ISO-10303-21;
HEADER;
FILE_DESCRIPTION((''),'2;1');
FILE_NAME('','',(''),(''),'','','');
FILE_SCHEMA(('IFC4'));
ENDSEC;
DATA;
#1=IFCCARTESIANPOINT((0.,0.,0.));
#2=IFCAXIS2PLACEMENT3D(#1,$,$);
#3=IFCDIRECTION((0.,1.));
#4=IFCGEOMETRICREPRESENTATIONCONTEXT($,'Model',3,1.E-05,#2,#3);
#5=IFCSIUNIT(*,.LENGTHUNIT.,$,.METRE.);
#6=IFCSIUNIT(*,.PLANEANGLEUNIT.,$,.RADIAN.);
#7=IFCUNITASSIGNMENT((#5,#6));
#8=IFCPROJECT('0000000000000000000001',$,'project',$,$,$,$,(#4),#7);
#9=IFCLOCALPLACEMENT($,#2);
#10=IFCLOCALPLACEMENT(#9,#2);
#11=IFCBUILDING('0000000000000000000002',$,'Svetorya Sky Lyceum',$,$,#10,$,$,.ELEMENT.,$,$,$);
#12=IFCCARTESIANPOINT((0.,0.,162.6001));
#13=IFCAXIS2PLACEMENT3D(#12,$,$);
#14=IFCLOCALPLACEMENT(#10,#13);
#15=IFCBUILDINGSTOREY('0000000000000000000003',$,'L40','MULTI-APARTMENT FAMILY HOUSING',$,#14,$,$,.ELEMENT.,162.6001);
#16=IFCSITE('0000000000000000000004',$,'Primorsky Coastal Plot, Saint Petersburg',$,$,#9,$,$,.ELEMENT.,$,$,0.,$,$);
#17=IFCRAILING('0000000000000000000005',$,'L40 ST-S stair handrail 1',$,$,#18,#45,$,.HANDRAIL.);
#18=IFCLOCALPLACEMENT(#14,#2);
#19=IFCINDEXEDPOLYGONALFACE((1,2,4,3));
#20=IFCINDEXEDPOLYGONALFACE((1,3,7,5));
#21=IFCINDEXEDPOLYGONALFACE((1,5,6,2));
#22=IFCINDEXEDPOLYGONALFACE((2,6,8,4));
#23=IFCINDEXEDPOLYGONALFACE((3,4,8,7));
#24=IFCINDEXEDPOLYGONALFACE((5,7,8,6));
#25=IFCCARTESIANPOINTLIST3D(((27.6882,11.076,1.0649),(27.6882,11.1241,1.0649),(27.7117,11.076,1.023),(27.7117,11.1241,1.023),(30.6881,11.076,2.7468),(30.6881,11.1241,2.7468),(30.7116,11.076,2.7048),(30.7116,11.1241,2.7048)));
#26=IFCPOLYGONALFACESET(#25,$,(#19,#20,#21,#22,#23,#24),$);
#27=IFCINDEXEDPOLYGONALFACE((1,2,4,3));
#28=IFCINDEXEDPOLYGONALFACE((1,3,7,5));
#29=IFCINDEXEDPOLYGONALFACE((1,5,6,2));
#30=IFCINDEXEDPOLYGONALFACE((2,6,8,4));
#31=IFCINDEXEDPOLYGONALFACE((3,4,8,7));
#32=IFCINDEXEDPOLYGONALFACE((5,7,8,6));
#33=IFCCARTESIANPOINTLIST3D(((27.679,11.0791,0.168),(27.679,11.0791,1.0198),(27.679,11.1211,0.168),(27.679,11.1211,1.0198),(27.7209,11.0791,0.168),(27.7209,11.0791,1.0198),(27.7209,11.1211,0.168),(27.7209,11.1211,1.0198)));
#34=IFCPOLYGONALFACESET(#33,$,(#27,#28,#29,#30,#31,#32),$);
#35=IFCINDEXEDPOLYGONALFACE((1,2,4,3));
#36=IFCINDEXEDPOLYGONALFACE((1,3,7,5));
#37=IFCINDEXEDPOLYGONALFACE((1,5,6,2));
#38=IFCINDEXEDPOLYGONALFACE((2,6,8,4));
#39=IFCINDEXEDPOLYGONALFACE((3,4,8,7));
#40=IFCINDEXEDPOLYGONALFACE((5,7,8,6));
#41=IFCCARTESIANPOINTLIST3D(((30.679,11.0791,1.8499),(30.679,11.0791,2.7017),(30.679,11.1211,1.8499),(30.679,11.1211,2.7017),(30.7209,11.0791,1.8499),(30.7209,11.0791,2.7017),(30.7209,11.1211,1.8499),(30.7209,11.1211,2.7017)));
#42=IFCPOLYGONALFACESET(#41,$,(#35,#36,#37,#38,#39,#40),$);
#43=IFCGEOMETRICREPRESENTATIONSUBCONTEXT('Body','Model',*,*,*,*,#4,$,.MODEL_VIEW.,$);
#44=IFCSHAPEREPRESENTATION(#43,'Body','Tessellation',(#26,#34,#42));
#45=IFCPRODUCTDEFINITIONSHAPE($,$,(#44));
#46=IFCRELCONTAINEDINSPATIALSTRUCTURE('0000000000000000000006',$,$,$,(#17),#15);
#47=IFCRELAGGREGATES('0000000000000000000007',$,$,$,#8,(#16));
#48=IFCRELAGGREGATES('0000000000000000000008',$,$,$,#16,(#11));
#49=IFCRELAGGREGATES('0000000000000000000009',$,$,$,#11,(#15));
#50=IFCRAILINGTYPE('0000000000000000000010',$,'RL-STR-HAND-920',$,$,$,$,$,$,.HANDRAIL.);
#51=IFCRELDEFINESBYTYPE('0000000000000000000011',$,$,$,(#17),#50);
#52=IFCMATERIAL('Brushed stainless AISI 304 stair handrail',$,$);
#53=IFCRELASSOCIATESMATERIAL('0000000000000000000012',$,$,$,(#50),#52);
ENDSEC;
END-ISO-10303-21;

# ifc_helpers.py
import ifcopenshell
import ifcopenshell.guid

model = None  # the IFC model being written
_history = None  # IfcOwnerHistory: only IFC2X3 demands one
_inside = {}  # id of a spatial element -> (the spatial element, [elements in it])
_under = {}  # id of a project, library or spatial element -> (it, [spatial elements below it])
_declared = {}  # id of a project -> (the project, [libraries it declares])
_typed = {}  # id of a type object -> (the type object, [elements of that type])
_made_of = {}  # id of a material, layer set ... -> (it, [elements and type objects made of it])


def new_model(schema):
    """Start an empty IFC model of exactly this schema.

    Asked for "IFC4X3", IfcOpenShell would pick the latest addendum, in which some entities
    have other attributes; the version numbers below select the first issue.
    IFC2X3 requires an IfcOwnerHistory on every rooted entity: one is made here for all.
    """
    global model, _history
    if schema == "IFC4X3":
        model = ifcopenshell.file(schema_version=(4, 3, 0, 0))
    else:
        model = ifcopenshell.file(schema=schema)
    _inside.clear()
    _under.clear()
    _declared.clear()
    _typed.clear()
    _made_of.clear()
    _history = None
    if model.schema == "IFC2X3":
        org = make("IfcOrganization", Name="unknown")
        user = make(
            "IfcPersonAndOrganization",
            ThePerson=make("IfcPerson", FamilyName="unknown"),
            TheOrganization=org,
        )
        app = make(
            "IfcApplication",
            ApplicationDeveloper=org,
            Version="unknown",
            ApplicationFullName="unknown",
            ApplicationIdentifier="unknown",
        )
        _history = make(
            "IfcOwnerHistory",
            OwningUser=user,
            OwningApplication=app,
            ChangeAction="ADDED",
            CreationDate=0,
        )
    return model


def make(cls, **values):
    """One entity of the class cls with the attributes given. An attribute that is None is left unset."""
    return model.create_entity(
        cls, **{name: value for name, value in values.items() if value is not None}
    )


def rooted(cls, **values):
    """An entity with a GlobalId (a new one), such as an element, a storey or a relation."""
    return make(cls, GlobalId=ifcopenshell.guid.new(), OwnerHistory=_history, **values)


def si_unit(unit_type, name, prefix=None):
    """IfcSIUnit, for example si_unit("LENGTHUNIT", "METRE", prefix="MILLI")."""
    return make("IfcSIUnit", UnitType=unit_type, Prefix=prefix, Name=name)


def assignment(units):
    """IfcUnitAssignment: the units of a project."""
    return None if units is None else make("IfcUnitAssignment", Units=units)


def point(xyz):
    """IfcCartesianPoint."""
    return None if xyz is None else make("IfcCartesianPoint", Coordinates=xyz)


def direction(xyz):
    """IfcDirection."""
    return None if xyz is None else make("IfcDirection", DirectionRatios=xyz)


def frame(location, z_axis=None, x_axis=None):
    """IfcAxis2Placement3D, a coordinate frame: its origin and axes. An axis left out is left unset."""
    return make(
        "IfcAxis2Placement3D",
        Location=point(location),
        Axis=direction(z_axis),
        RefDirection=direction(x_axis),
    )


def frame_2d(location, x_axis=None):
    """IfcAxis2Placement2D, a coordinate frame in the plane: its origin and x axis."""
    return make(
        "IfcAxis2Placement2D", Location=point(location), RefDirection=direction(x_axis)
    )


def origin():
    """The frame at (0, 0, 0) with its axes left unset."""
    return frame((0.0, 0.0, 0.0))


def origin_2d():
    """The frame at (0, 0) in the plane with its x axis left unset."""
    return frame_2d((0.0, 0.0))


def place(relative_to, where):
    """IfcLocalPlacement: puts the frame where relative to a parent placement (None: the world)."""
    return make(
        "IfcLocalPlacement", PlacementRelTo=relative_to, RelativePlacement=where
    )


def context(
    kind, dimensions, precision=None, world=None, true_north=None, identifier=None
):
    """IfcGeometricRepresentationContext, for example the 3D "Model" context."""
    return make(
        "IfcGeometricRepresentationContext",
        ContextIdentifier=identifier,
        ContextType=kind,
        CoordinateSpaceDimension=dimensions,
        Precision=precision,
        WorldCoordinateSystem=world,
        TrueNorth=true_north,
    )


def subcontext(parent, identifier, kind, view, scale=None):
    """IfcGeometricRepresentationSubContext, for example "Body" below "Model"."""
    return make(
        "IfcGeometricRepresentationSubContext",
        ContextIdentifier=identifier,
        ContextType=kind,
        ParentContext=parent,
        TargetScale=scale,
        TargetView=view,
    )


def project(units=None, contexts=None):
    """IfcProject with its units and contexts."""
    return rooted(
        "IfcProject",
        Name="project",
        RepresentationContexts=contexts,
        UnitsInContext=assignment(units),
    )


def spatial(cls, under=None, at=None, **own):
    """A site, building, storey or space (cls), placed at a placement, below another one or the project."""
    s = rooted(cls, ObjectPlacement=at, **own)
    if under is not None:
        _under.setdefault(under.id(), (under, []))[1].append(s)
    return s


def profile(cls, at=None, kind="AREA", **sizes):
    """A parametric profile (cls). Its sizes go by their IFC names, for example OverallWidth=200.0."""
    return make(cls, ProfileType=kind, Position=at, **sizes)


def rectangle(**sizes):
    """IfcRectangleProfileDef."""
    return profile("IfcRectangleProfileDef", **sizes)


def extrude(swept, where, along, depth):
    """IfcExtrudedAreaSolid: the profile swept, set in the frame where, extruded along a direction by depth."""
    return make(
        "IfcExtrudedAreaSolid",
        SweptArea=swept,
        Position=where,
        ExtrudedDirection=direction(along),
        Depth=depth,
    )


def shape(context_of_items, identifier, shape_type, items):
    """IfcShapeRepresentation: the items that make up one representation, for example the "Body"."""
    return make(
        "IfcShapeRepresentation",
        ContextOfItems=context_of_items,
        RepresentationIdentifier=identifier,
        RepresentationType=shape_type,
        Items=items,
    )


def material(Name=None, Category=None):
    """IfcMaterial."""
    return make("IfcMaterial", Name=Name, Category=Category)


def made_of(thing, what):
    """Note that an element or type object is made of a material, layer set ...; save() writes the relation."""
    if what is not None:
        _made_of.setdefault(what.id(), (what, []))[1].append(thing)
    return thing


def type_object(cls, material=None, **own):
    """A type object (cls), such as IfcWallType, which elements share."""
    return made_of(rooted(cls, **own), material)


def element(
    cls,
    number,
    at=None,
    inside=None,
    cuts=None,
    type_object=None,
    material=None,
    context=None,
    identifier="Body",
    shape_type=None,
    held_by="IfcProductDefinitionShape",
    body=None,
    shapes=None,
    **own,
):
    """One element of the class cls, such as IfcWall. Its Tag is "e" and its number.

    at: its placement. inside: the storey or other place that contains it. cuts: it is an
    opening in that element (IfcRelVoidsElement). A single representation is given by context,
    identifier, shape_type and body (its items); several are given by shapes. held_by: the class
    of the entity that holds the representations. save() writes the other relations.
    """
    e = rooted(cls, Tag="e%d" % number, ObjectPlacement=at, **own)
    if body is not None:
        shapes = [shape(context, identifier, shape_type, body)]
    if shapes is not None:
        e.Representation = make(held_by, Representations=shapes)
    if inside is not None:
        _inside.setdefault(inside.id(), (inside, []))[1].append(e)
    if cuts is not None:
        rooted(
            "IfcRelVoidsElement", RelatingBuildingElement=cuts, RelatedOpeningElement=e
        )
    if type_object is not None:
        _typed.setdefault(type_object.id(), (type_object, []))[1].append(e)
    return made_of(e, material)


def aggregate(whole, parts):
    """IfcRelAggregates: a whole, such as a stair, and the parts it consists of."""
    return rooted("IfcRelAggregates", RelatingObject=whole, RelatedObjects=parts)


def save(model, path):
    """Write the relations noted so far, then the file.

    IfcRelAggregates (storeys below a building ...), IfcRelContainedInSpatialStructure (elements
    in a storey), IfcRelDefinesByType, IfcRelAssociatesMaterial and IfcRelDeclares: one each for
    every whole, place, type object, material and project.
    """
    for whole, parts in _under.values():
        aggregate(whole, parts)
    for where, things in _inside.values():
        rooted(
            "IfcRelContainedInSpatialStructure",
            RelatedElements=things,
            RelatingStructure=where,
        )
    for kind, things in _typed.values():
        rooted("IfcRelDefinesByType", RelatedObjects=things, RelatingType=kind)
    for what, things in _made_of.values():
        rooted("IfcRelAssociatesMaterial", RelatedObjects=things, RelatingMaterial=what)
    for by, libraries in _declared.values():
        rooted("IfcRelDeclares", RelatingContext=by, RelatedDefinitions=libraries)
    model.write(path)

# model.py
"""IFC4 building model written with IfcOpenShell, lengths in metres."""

from ifc_helpers import new_model, si_unit, direction, frame, origin, origin_2d, place, context, subcontext, project, spatial, rectangle, extrude, material, type_object, element, save


model = new_model("IFC4")

# Units and contexts
model_context = context("Model", 3, precision=1e-05, world=origin(), true_north=direction((0.0, 1.0)))
body_context = subcontext(model_context, "Body", "Model", "MODEL_VIEW")
ifc_project = project(units=[si_unit("LENGTHUNIT", "METRE"), si_unit("PLANEANGLEUNIT", "RADIAN")], contexts=[model_context])

# Site, building, storey
site_placement = place(None, origin())
site = spatial("IfcSite", under=ifc_project, at=site_placement, Name="Primorsky Coastal Plot, Saint Petersburg", CompositionType="ELEMENT", RefElevation=0.0)
building_placement = place(site_placement, origin())
building = spatial("IfcBuilding", under=site, at=building_placement, Name="Svetorya Sky Lyceum", CompositionType="ELEMENT")
storey_placement = place(building_placement, frame((0.0, 0.0, 162.6001)))
storey = spatial("IfcBuildingStorey", under=building, at=storey_placement, Name="L40", Description="MULTI-APARTMENT FAMILY HOUSING", CompositionType="ELEMENT", Elevation=162.6001)

# Railing
ifc_material_1 = material(Name="Brushed stainless AISI 304 stair handrail")
railing_type_1 = type_object("IfcRailingType", Name="RL-STR-HAND-920", PredefinedType="HANDRAIL", material=ifc_material_1)
railing_1_placement = place(storey_placement, frame((27.7, 11.1001, 0.168)))
element("IfcRailing", 1, at=railing_1_placement, inside=storey, type_object=railing_type_1, Name="L40 ST-S stair handrail 1", PredefinedType="HANDRAIL", context=body_context, shape_type="SweptSolid", body=[
    extrude(rectangle(XDim=0.0481, YDim=0.0481, at=origin_2d()), frame((0.0, 0.0, 0.876), z_axis=(0.872272, 0.0, 0.48902), x_axis=(0.0, 1.0, 0.0)), (0.0, 0.0, 1.0), 3.4392),
    extrude(rectangle(XDim=0.042, YDim=0.042, at=origin_2d()), origin(), (0.0, 0.0, 1.0), 0.8518),
    extrude(rectangle(XDim=0.042, YDim=0.042, at=origin_2d()), frame((3.0, 0.0, 1.6819)), (0.0, 0.0, 1.0), 0.8518),
])

save(model, "model.ifc")
